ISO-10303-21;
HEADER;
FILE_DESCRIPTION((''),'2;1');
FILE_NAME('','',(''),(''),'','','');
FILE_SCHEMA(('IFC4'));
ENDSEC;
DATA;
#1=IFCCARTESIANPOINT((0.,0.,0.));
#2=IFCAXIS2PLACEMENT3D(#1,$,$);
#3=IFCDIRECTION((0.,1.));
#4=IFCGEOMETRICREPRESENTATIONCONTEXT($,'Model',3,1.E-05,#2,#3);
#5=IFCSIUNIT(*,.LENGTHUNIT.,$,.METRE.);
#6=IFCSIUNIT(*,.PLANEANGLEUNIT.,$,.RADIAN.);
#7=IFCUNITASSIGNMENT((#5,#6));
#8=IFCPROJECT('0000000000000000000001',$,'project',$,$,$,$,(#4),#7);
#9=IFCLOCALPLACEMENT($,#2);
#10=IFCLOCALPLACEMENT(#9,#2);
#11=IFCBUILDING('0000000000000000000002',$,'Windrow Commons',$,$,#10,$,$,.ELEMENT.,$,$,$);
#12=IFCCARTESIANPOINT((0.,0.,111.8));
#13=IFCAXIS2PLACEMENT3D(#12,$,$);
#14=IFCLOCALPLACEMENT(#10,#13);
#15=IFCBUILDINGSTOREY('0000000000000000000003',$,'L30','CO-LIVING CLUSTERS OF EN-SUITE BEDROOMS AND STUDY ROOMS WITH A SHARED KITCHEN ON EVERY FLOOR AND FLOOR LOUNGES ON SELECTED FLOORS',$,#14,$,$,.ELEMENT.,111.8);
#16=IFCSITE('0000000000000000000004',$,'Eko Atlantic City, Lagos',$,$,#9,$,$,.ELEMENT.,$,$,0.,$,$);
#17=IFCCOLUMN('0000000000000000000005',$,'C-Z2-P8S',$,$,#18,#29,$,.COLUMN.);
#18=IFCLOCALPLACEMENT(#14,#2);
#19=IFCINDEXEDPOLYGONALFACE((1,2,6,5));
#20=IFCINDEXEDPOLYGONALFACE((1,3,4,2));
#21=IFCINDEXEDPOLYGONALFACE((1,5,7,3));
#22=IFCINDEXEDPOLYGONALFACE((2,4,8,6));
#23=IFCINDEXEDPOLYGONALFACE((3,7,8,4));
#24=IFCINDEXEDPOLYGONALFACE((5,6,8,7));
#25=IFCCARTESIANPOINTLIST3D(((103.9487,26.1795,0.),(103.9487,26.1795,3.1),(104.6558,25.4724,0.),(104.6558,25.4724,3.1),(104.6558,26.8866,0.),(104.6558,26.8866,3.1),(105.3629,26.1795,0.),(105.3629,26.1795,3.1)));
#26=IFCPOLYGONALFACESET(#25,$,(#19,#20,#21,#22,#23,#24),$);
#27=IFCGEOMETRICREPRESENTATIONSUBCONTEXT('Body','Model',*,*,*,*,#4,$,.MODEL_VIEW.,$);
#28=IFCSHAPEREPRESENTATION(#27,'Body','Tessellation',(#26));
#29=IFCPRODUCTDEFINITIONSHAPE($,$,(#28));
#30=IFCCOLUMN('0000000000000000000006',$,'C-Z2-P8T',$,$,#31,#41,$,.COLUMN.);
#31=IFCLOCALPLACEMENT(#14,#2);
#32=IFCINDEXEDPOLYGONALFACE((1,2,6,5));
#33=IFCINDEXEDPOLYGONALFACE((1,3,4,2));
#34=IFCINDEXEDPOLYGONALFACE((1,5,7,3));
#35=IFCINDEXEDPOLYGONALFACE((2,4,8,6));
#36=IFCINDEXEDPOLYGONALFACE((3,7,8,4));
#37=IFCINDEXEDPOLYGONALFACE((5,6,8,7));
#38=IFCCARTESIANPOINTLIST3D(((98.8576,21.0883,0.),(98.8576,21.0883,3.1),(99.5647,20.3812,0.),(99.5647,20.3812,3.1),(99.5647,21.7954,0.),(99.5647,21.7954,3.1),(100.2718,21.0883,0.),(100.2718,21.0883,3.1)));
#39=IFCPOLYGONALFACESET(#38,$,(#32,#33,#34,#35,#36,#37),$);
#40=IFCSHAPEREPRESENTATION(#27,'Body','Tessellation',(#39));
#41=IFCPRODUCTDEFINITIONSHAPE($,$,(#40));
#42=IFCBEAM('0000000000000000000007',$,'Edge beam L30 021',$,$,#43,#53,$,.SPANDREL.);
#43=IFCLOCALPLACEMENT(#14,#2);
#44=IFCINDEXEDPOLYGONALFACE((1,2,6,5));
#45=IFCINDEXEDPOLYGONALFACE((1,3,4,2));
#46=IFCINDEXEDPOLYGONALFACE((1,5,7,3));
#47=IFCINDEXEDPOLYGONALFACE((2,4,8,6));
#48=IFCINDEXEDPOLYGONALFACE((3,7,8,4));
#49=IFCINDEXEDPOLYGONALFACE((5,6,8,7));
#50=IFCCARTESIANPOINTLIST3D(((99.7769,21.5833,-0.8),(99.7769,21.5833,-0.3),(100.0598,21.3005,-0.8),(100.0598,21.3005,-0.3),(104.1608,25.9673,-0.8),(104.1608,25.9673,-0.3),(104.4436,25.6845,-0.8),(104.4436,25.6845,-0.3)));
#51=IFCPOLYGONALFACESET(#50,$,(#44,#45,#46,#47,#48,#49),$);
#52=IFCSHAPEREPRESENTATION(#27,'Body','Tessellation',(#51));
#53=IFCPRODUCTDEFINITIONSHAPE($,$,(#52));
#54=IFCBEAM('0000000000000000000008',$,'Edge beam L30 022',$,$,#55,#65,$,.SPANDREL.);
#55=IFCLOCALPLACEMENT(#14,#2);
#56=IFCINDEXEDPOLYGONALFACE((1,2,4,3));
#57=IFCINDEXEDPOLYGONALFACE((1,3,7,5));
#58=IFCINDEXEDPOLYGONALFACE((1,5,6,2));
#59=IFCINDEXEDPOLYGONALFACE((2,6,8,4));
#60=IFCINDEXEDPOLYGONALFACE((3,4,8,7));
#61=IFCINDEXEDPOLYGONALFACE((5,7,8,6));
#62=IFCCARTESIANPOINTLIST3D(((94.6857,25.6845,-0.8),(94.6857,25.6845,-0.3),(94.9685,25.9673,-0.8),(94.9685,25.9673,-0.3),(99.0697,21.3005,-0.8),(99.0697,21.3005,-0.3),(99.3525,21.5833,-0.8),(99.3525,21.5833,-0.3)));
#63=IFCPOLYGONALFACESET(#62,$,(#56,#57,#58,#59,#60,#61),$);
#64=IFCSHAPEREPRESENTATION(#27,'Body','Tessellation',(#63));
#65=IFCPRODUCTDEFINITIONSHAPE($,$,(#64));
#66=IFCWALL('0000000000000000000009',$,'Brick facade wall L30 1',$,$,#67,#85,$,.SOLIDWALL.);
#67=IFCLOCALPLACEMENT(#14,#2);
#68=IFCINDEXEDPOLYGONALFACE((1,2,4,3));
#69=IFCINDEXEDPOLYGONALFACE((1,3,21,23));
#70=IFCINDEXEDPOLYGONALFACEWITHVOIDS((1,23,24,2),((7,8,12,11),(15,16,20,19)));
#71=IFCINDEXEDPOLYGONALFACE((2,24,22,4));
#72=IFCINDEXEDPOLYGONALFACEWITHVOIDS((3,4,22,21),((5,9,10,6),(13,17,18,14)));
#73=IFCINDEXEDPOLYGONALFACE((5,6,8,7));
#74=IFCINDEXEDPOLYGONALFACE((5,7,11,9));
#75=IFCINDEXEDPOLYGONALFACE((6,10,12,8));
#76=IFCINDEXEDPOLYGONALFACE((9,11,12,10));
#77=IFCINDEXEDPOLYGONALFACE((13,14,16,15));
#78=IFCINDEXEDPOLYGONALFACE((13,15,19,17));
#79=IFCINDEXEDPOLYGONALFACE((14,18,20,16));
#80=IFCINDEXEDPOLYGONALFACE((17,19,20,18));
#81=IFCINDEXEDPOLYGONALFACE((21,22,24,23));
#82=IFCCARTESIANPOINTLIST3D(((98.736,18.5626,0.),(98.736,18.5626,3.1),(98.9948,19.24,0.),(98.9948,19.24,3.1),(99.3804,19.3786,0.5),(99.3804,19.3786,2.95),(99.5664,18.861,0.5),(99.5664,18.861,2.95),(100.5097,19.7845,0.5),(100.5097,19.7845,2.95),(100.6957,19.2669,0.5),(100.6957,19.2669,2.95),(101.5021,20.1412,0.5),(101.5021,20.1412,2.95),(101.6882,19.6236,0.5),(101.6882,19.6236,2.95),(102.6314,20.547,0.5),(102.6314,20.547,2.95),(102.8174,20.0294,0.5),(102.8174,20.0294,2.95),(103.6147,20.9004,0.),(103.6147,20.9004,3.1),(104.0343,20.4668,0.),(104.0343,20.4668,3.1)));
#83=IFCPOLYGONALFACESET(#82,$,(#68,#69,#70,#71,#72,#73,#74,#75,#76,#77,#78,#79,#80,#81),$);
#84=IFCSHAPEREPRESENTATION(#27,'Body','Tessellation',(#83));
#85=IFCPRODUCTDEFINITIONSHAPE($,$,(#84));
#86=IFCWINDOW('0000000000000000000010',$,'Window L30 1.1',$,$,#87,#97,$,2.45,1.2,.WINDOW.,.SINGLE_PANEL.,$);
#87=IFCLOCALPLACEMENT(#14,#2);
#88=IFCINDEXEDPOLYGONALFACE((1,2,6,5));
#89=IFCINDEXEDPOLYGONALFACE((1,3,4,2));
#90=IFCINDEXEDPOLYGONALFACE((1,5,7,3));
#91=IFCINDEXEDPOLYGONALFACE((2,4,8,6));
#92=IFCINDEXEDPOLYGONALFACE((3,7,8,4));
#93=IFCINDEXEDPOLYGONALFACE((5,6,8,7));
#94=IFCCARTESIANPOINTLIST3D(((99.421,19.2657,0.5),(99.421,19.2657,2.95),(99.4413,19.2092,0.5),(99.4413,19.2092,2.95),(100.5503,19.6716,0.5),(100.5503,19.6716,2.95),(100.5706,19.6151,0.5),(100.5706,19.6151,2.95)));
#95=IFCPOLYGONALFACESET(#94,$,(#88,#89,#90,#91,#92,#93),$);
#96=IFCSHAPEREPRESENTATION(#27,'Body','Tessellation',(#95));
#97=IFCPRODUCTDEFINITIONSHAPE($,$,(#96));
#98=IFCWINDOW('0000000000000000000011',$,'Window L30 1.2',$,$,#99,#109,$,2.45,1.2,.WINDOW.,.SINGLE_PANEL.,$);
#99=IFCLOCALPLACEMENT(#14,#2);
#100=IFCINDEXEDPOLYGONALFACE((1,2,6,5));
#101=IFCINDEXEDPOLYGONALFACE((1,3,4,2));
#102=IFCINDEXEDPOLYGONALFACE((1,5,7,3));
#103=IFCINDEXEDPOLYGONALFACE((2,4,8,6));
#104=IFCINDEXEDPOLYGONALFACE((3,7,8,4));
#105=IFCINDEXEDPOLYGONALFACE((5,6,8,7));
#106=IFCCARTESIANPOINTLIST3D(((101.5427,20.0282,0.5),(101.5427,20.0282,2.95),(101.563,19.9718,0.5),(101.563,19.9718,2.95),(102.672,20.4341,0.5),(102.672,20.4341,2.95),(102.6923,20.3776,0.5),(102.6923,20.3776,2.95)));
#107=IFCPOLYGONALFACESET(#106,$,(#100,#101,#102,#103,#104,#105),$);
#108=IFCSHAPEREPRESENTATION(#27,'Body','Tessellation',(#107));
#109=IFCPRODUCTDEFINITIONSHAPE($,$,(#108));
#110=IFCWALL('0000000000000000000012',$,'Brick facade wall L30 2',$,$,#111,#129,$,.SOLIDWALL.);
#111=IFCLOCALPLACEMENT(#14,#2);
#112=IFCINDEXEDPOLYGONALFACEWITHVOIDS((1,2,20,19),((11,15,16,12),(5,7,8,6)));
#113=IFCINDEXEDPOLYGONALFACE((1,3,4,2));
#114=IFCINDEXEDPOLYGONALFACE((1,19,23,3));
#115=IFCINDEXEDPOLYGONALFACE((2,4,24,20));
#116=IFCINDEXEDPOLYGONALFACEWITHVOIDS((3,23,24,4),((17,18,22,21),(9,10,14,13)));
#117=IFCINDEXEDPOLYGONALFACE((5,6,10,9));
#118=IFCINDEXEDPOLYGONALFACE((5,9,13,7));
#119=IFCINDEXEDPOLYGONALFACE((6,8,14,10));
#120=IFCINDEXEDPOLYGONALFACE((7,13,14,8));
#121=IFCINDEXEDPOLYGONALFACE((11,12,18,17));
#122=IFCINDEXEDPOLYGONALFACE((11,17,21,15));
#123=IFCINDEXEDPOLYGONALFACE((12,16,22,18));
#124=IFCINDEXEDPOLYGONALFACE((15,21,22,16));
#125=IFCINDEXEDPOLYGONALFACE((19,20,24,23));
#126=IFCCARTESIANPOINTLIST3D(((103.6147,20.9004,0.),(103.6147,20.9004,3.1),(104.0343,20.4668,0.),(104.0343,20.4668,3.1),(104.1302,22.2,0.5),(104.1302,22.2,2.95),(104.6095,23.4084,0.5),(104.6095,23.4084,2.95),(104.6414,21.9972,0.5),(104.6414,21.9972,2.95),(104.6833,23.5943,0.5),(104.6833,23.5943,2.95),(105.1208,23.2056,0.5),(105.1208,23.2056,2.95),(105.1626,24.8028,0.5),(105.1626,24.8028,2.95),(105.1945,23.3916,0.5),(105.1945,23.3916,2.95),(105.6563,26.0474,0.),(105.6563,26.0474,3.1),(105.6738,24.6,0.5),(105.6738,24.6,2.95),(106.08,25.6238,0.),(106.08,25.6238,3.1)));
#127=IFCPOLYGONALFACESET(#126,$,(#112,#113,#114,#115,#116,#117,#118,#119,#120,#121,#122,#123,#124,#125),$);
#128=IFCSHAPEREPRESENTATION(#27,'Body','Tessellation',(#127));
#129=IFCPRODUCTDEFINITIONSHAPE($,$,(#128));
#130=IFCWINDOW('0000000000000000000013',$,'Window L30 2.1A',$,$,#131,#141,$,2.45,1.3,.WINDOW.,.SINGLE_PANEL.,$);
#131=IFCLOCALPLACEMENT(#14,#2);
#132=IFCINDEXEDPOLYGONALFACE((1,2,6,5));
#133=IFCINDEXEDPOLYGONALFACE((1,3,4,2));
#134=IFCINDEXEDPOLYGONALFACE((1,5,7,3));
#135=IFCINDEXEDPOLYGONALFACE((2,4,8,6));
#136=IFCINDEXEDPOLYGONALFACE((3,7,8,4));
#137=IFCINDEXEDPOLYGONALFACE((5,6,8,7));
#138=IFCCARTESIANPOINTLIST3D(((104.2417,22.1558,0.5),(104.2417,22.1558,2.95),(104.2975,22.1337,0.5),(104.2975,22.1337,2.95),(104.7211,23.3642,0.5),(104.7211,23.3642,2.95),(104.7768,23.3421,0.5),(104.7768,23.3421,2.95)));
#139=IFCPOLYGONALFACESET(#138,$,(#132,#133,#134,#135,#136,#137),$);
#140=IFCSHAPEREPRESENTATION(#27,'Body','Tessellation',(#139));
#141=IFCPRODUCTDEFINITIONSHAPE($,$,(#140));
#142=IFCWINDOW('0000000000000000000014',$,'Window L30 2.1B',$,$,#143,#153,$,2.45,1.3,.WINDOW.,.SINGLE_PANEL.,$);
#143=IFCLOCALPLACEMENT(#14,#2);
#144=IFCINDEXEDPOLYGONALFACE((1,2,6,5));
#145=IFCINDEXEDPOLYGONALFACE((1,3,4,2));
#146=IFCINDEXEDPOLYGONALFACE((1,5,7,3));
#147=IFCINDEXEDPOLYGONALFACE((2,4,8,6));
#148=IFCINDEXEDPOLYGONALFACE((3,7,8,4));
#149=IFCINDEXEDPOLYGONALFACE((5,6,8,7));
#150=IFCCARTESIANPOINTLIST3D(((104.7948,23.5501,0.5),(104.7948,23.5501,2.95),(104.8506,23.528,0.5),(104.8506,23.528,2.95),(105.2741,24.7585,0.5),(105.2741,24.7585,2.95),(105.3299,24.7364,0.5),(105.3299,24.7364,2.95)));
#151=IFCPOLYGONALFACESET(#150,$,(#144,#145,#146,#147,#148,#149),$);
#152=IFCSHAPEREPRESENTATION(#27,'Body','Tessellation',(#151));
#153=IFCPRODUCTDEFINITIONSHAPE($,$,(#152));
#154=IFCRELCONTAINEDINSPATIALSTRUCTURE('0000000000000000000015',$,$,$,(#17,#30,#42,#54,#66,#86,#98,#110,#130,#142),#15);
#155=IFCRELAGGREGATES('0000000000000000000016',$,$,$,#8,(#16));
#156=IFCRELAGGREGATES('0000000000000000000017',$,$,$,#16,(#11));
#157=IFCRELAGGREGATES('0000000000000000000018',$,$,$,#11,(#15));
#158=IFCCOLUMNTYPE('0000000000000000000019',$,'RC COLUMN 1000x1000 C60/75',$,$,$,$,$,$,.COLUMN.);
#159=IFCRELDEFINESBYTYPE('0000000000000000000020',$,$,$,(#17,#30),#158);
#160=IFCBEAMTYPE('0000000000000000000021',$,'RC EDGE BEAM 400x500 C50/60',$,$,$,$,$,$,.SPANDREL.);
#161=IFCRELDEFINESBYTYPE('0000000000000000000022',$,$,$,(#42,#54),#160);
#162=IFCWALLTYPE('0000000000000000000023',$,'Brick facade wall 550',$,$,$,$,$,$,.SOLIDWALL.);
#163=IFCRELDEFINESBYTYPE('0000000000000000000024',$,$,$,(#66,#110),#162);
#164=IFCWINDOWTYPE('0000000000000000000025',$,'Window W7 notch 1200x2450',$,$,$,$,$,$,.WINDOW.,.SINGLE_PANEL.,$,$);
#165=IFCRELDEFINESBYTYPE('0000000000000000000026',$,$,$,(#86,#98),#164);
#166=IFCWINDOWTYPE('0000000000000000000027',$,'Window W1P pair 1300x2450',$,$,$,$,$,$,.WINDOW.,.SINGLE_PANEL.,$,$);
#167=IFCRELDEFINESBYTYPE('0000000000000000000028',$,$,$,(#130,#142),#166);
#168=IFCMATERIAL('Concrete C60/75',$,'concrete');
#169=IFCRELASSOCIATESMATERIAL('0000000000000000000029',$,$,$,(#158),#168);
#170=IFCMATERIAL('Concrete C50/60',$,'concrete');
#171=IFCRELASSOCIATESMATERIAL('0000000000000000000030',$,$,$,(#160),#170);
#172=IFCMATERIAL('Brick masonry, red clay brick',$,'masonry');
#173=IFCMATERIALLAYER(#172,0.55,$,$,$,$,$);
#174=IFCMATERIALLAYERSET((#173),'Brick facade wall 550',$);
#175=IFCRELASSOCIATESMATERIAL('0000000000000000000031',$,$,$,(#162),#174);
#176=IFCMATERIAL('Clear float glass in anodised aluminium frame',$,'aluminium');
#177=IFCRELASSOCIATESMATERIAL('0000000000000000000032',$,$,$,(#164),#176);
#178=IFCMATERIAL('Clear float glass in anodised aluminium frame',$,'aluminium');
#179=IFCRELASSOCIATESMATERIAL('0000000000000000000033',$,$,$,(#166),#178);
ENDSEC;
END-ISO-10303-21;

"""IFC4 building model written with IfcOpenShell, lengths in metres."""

from ifc_helpers import new_model, si_unit, direction, frame, frame_2d, origin, origin_2d, place, context, subcontext, project, spatial, polyline, rectangle, outline, extrude, material, layer, layer_set, material_profile, profile_set, type_object, element, fill, save


model = new_model("IFC4")

# Units and contexts
model_context = context("Model", 3, precision=1e-05, world=origin(), true_north=direction((0.0, 1.0)))
body_context = subcontext(model_context, "Body", "Model", "MODEL_VIEW")
ifc_project = project(units=[si_unit("LENGTHUNIT", "METRE"), si_unit("PLANEANGLEUNIT", "RADIAN")], contexts=[model_context])

# Site, building, storey
site_placement = place(None, origin())
site = spatial("IfcSite", under=ifc_project, at=site_placement, Name="Eko Atlantic City, Lagos", CompositionType="ELEMENT", RefElevation=0.0)
building_placement = place(site_placement, origin())
building = spatial("IfcBuilding", under=site, at=building_placement, Name="Windrow Commons", CompositionType="ELEMENT")
storey_placement = place(building_placement, frame((0.0, 0.0, 111.8)))
storey = spatial("IfcBuildingStorey", under=building, at=storey_placement, Name="L30", Description="CO-LIVING CLUSTERS OF EN-SUITE BEDROOMS AND STUDY ROOMS WITH A SHARED KITCHEN ON EVERY FLOOR AND FLOOR LOUNGES ON SELECTED FLOORS", CompositionType="ELEMENT", Elevation=111.8)

# Columns
ifc_material_1 = material(Name="Concrete C60/75", Category="concrete")
ifc_material_profile_1 = material_profile(ifc_material_1, rectangle(XDim=1.0, YDim=1.0, at=origin_2d()))
ifc_profile_set_1 = profile_set([ifc_material_profile_1], Name="Concrete C60/75")
column_type = type_object("IfcColumnType", Name="RC COLUMN 1000x1000 C60/75", PredefinedType="COLUMN", material=ifc_profile_set_1)
for number, where, z_axis, x_axis, name in (
    (1, (104.6558, 26.1795, 0.0), (0.0, 0.0, 1.0), (0.707107, -0.707107, 0.0), "C-Z2-P8S"),
    (2, (99.5647, 21.0883, 0.0), (0.0, 0.0, 1.0), (0.707107, -0.707107, 0.0), "C-Z2-P8T"),
):
    element("IfcColumn", number, at=place(storey_placement, frame(where, z_axis=z_axis, x_axis=x_axis)), inside=storey, type_object=column_type, Name=name, PredefinedType="COLUMN", context=body_context, shape_type="SweptSolid", body=[
        extrude(rectangle(XDim=1.0, YDim=1.0, at=origin_2d()), origin(), (0.0, 0.0, 1.0), 3.1),
    ])

# Beams
ifc_material_2 = material(Name="Concrete C50/60", Category="concrete")
ifc_material_profile_2 = material_profile(ifc_material_2, rectangle(XDim=0.4, YDim=0.5, at=origin_2d()))
ifc_profile_set_2 = profile_set([ifc_material_profile_2], Name="Concrete C50/60")
beam_type = type_object("IfcBeamType", Name="RC EDGE BEAM 400x500 C50/60", PredefinedType="SPANDREL", material=ifc_profile_set_2)
beam_1_placement = place(storey_placement, frame((104.3022, 25.8259, -0.55), z_axis=(-0.707099, -0.707115, 0.0), x_axis=(0.707115, -0.707099, 0.0)))
element("IfcBeam", 3, at=beam_1_placement, inside=storey, type_object=beam_type, Name="Edge beam L30 021", PredefinedType="SPANDREL", context=body_context, shape_type="SweptSolid", body=[
    extrude(rectangle(XDim=0.4, YDim=0.5, at=origin_2d()), origin(), (0.0, 0.0, 1.0), 6.1998),
])
beam_2_placement = place(storey_placement, frame((99.2111, 21.4419, -0.55), z_axis=(-0.707107, 0.707107, 0.0), x_axis=(-0.707107, -0.707107, 0.0)))
element("IfcBeam", 4, at=beam_2_placement, inside=storey, type_object=beam_type, Name="Edge beam L30 022", PredefinedType="SPANDREL", context=body_context, shape_type="SweptSolid", body=[
    extrude(rectangle(XDim=0.4, YDim=0.5, at=origin_2d()), origin(), (0.0, 0.0, 1.0), 6.1999),
])

# Walls, openings, windows
ifc_material_3 = material(Name="Brick masonry, red clay brick", Category="masonry")
ifc_layer_1 = layer(ifc_material_3, 0.55)
ifc_layer_set_1 = layer_set([ifc_layer_1], Name="Brick facade wall 550")
wall_type_1 = type_object("IfcWallType", Name="Brick facade wall 550", PredefinedType="SOLIDWALL", material=ifc_layer_set_1)
wall_1_placement = place(storey_placement, frame((98.8654, 18.9013, 0.0), z_axis=(0.0, 0.0, 1.0), x_axis=(0.941067, 0.338219, 0.0)))
wall_1 = element("IfcWall", 5, at=wall_1_placement, inside=storey, type_object=wall_type_1, Name="Brick facade wall L30 1", PredefinedType="SOLIDWALL", context=body_context, shape_type="SweptSolid", body=[
    extrude(outline(polyline([(-0.2363, -0.275), (5.3938, -0.275), (5.1455, 0.275), (0.2363, 0.275), (-0.2363, -0.275)])), origin(), (0.0, 0.0, 1.0), 3.1),
])
opening_1_placement = place(wall_1_placement, frame((0.6461, 0.0, 0.5)))
opening_1 = element("IfcOpeningElement", 6, at=opening_1_placement, cuts=wall_1, PredefinedType="OPENING", context=body_context, shape_type="SweptSolid", body=[
    extrude(rectangle(XDim=1.2, YDim=2.45, at=frame_2d((0.6, 1.225))), frame((0.0, 0.285, 0.0), z_axis=(0.0, -1.0, 0.0), x_axis=(1.0, 0.0, 0.0)), (0.0, 0.0, 1.0), 0.57),
])
opening_2_placement = place(wall_1_placement, frame((2.9007, 0.0, 0.5)))
opening_2 = element("IfcOpeningElement", 7, at=opening_2_placement, cuts=wall_1, PredefinedType="OPENING", context=body_context, shape_type="SweptSolid", body=[
    extrude(rectangle(XDim=1.2, YDim=2.45, at=frame_2d((0.6, 1.225))), frame((0.0, 0.285, 0.0), z_axis=(0.0, -1.0, 0.0), x_axis=(1.0, 0.0, 0.0)), (0.0, 0.0, 1.0), 0.57),
])
ifc_material_4 = material(Name="Clear float glass in anodised aluminium frame", Category="aluminium")
window_type_1 = type_object("IfcWindowType", Name="Window W7 notch 1200x2450", PartitioningType="SINGLE_PANEL", PredefinedType="WINDOW", material=ifc_material_4)
window_1_placement = place(opening_1_placement, origin())
window_1 = element("IfcWindow", 8, at=window_1_placement, inside=storey, type_object=window_type_1, Name="Window L30 1.1", OverallHeight=2.45, OverallWidth=1.2, PartitioningType="SINGLE_PANEL", PredefinedType="WINDOW", context=body_context, shape_type="SweptSolid", body=[
    extrude(rectangle(XDim=1.2, YDim=2.45, at=frame_2d((0.6, 1.225))), frame((0.0, 0.155, 0.0), z_axis=(0.0, -1.0, 0.0), x_axis=(1.0, 0.0, 0.0)), (0.0, 0.0, 1.0), 0.06),
])
fill(opening_1, window_1)
window_2_placement = place(opening_2_placement, origin())
window_2 = element("IfcWindow", 9, at=window_2_placement, inside=storey, type_object=window_type_1, Name="Window L30 1.2", OverallHeight=2.45, OverallWidth=1.2, PartitioningType="SINGLE_PANEL", PredefinedType="WINDOW", context=body_context, shape_type="SweptSolid", body=[
    extrude(rectangle(XDim=1.2, YDim=2.45, at=frame_2d((0.6, 1.225))), frame((0.0, 0.155, 0.0), z_axis=(0.0, -1.0, 0.0), x_axis=(1.0, 0.0, 0.0)), (0.0, 0.0, 1.0), 0.06),
])
fill(opening_2, window_2)
wall_2_placement = place(storey_placement, frame((103.8245, 20.6836, 0.0), z_axis=(0.0, 0.0, 1.0), x_axis=(0.36872, 0.92954, 0.0)))
wall_2 = element("IfcWall", 10, at=wall_2_placement, inside=storey, type_object=wall_type_1, Name="Brick facade wall L30 2", PredefinedType="SOLIDWALL", context=body_context, shape_type="SweptSolid", body=[
    extrude(outline(polyline([(-0.1242, -0.275), (5.4237, -0.275), (5.6613, 0.275), (0.1242, 0.275), (-0.1242, -0.275)])), origin(), (0.0, 0.0, 1.0), 3.1),
])
opening_3_placement = place(wall_2_placement, frame((1.5223, 0.0, 0.5)))
opening_3 = element("IfcOpeningElement", 11, at=opening_3_placement, cuts=wall_2, PredefinedType="OPENING", context=body_context, shape_type="SweptSolid", body=[
    extrude(rectangle(XDim=1.3, YDim=2.45, at=frame_2d((0.65, 1.225))), frame((0.0, 0.285, 0.0), z_axis=(0.0, -1.0, 0.0), x_axis=(1.0, 0.0, 0.0)), (0.0, 0.0, 1.0), 0.57),
])
opening_4_placement = place(wall_2_placement, frame((3.0223, 0.0, 0.5)))
opening_4 = element("IfcOpeningElement", 12, at=opening_4_placement, cuts=wall_2, PredefinedType="OPENING", context=body_context, shape_type="SweptSolid", body=[
    extrude(rectangle(XDim=1.3, YDim=2.45, at=frame_2d((0.65, 1.225))), frame((0.0, 0.285, 0.0), z_axis=(0.0, -1.0, 0.0), x_axis=(1.0, 0.0, 0.0)), (0.0, 0.0, 1.0), 0.57),
])
ifc_material_5 = material(Name="Clear float glass in anodised aluminium frame", Category="aluminium")
window_type_2 = type_object("IfcWindowType", Name="Window W1P pair 1300x2450", PartitioningType="SINGLE_PANEL", PredefinedType="WINDOW", material=ifc_material_5)
window_3_placement = place(opening_3_placement, origin())
window_3 = element("IfcWindow", 13, at=window_3_placement, inside=storey, type_object=window_type_2, Name="Window L30 2.1A", OverallHeight=2.45, OverallWidth=1.3, PartitioningType="SINGLE_PANEL", PredefinedType="WINDOW", context=body_context, shape_type="SweptSolid", body=[
    extrude(rectangle(XDim=1.3, YDim=2.45, at=frame_2d((0.65, 1.225))), frame((0.0, 0.155, 0.0), z_axis=(0.0, -1.0, 0.0), x_axis=(1.0, 0.0, 0.0)), (0.0, 0.0, 1.0), 0.06),
])
fill(opening_3, window_3)
window_4_placement = place(opening_4_placement, origin())
window_4 = element("IfcWindow", 14, at=window_4_placement, inside=storey, type_object=window_type_2, Name="Window L30 2.1B", OverallHeight=2.45, OverallWidth=1.3, PartitioningType="SINGLE_PANEL", PredefinedType="WINDOW", context=body_context, shape_type="SweptSolid", body=[
    extrude(rectangle(XDim=1.3, YDim=2.45, at=frame_2d((0.65, 1.225))), frame((0.0, 0.155, 0.0), z_axis=(0.0, -1.0, 0.0), x_axis=(1.0, 0.0, 0.0)), (0.0, 0.0, 1.0), 0.06),
])
fill(opening_4, window_4)

save(model, "model.ifc")
